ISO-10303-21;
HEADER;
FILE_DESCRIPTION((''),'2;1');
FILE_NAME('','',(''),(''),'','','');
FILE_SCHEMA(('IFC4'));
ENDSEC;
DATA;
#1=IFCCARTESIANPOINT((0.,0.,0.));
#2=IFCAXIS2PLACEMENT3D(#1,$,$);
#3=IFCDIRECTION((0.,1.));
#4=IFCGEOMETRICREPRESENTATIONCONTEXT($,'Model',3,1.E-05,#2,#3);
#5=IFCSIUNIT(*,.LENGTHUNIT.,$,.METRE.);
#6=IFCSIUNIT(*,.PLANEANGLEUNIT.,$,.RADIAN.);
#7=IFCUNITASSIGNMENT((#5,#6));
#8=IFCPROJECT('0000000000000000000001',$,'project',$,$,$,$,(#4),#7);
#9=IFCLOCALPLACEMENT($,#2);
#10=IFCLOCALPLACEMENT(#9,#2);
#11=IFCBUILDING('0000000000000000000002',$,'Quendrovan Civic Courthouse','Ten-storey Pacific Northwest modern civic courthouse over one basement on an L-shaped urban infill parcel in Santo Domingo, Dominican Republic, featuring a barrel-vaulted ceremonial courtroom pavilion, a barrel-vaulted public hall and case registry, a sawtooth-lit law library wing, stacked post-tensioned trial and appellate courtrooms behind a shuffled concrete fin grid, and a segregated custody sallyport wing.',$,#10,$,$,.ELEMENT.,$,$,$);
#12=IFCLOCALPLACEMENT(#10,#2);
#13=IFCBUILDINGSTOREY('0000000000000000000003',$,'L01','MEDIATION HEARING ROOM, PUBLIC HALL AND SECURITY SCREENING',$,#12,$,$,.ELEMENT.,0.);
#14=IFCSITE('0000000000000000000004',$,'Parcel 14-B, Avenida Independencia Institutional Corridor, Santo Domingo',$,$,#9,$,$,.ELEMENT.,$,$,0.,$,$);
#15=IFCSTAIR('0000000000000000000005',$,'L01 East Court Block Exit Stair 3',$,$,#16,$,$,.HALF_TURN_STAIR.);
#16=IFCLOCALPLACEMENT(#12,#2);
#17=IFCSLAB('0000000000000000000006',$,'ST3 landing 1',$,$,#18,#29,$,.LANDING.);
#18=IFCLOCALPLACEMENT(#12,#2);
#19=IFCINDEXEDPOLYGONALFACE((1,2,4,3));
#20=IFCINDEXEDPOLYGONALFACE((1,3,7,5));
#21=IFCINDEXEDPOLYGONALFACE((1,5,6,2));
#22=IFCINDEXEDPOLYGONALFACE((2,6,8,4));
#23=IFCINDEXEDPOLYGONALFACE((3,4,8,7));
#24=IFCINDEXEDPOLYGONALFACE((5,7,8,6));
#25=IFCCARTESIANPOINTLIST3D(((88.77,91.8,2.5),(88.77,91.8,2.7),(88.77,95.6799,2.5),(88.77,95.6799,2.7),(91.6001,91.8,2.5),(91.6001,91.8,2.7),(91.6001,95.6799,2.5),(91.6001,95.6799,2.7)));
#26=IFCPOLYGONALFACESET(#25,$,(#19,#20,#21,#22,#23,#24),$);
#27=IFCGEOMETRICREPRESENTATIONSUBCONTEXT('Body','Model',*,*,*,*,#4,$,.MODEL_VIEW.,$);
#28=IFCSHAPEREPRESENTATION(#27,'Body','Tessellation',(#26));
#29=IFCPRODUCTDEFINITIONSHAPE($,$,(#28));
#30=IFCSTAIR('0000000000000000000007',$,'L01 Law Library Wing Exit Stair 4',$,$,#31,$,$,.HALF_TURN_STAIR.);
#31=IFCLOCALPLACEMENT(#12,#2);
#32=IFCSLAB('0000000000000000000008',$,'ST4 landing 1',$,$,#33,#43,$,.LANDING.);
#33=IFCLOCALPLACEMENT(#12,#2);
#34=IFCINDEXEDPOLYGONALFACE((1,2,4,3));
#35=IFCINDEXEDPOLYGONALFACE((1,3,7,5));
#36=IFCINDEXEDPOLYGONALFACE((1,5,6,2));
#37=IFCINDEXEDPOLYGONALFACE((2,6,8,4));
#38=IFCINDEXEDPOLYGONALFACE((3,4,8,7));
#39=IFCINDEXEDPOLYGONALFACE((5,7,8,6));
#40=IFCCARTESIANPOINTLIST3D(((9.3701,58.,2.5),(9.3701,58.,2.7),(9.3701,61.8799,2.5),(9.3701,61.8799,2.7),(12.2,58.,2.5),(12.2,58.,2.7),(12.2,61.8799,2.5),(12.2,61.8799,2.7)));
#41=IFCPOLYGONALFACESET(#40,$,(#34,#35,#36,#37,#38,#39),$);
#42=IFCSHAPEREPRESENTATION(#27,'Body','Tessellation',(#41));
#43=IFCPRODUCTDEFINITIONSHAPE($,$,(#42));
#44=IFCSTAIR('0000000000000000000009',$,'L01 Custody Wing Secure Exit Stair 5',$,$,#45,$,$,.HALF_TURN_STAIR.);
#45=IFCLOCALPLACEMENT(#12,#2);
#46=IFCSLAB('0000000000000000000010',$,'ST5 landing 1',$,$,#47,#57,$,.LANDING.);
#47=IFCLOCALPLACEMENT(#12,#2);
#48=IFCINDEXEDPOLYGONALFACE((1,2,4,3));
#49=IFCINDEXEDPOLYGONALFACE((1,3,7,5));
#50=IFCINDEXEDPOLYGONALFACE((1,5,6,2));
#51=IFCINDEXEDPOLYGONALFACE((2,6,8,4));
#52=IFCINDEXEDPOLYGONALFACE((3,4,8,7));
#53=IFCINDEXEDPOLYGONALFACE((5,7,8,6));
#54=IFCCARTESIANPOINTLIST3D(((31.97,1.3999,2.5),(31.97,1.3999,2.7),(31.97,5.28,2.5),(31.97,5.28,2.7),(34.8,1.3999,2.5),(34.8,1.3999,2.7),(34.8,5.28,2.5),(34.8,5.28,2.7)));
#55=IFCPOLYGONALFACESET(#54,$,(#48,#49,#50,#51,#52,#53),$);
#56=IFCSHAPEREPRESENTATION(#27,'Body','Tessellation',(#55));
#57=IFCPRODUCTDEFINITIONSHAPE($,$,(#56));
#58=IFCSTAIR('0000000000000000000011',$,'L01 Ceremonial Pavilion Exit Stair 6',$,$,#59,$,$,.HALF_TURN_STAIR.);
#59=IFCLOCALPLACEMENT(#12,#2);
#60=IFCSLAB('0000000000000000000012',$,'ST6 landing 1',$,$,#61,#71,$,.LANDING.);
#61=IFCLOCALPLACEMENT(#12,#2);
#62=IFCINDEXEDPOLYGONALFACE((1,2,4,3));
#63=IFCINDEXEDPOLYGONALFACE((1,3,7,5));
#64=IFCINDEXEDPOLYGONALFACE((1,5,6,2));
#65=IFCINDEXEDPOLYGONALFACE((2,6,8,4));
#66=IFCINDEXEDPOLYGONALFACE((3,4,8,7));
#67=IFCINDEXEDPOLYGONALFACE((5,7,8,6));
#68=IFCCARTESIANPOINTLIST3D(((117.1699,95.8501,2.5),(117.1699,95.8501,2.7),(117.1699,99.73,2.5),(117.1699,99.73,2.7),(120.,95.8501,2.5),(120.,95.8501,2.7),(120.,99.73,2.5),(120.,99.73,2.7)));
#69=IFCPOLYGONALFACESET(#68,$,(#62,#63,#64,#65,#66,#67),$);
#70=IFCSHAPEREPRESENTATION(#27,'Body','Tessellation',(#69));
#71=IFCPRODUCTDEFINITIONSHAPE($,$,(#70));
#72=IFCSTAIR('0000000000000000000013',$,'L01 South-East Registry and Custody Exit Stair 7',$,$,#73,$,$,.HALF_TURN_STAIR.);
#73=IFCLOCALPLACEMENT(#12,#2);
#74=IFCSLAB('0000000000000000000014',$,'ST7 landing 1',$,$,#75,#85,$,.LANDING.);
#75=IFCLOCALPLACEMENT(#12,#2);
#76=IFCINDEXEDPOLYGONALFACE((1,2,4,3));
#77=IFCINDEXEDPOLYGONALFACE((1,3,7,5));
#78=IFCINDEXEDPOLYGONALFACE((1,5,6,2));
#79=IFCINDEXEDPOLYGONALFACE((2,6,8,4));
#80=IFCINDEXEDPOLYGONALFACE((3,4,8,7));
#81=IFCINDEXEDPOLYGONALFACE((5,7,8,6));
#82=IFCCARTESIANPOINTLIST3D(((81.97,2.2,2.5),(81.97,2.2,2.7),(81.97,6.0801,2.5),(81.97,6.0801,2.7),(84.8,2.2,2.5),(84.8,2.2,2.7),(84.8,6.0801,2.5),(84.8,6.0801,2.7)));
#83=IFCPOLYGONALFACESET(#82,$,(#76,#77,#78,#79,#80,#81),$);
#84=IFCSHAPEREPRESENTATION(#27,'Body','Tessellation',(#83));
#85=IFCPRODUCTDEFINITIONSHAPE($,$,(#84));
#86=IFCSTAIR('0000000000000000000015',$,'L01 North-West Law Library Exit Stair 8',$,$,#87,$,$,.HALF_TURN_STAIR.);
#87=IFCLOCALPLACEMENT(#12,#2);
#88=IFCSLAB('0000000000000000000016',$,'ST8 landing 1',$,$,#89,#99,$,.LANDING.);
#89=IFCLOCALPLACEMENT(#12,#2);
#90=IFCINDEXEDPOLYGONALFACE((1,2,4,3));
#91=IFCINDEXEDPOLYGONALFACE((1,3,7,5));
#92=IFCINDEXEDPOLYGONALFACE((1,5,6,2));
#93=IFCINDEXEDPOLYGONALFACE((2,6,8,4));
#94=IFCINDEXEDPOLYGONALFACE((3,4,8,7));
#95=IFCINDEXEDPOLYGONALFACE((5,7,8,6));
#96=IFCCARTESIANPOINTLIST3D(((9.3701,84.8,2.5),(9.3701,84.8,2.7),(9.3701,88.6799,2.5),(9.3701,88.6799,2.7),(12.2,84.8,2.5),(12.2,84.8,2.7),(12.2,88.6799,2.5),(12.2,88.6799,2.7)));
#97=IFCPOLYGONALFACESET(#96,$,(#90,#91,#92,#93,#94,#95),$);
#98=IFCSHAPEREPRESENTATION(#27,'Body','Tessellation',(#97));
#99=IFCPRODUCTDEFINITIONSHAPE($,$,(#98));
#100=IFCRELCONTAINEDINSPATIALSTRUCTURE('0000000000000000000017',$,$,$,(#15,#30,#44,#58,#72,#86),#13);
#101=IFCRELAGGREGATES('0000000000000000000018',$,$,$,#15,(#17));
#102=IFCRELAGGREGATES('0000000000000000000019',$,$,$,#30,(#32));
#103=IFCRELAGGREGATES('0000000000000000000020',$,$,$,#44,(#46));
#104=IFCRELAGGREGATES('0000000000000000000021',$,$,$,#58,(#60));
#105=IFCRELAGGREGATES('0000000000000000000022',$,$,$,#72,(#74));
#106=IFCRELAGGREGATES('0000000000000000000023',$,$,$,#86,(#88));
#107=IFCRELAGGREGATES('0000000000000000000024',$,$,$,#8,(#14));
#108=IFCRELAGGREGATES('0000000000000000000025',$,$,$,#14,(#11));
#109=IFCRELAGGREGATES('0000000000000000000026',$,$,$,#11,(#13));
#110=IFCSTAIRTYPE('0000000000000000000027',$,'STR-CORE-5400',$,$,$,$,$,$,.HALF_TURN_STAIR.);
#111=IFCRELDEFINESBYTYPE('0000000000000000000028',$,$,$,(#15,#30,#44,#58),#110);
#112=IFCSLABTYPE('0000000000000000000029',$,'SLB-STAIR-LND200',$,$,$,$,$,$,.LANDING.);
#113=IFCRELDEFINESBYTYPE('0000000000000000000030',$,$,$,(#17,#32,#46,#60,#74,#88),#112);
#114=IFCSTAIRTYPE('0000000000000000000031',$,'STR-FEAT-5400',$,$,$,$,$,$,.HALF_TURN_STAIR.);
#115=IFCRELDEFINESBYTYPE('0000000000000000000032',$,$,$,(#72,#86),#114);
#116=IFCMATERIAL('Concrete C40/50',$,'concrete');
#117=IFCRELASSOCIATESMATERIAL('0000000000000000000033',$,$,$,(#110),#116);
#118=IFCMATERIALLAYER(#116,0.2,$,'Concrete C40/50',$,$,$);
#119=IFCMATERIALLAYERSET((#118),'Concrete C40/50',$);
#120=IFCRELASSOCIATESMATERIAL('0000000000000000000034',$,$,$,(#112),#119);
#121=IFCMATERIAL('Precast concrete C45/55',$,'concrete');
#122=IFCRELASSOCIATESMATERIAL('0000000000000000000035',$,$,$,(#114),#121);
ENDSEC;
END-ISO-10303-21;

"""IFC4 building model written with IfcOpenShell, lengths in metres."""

from ifc_helpers import new_model, si_unit, direction, frame, origin, place, context, subcontext, project, spatial, polyline, outline, extrude, material, layer, layer_set, type_object, element, aggregate, save


model = new_model("IFC4")

# Units and contexts
model_context = context("Model", 3, precision=1e-05, world=origin(), true_north=direction((0.0, 1.0)))
body_context = subcontext(model_context, "Body", "Model", "MODEL_VIEW")
ifc_project = project(units=[si_unit("LENGTHUNIT", "METRE"), si_unit("PLANEANGLEUNIT", "RADIAN")], contexts=[model_context])

# Site, building, storey
site_placement = place(None, origin())
site = spatial("IfcSite", under=ifc_project, at=site_placement, Name="Parcel 14-B, Avenida Independencia Institutional Corridor, Santo Domingo", CompositionType="ELEMENT", RefElevation=0.0)
building_placement = place(site_placement, origin())
building = spatial("IfcBuilding", under=site, at=building_placement, Name="Quendrovan Civic Courthouse", Description="Ten-storey Pacific Northwest modern civic courthouse over one basement on an L-shaped urban infill parcel in Santo Domingo, Dominican Republic, featuring a barrel-vaulted ceremonial courtroom pavilion, a barrel-vaulted public hall and case registry, a sawtooth-lit law library wing, stacked post-tensioned trial and appellate courtrooms behind a shuffled concrete fin grid, and a segregated custody sallyport wing.", CompositionType="ELEMENT")
storey_placement = place(building_placement, origin())
storey = spatial("IfcBuildingStorey", under=building, at=storey_placement, Name="L01", Description="MEDIATION HEARING ROOM, PUBLIC HALL AND SECURITY SCREENING", CompositionType="ELEMENT", Elevation=0.0)

# Stairs, slabs
ifc_material_1 = material(Name="Concrete C40/50", Category="concrete")
stair_type_1 = type_object("IfcStairType", Name="STR-CORE-5400", PredefinedType="HALF_TURN_STAIR", material=ifc_material_1)
ifc_layer_1 = layer(ifc_material_1, 0.2, Name="Concrete C40/50")
ifc_layer_set_1 = layer_set([ifc_layer_1], Name="Concrete C40/50")
slab_type_1 = type_object("IfcSlabType", Name="SLB-STAIR-LND200", PredefinedType="LANDING", material=ifc_layer_set_1)
stair_1_placement = place(storey_placement, origin())
stair_1 = element("IfcStair", 1, at=stair_1_placement, inside=storey, type_object=stair_type_1, Name="L01 East Court Block Exit Stair 3", PredefinedType="HALF_TURN_STAIR")
slab_1_placement = place(storey_placement, frame((0.0, 0.0, 2.5)))
slab_1 = element("IfcSlab", 2, at=slab_1_placement, type_object=slab_type_1, Name="ST3 landing 1", PredefinedType="LANDING", context=body_context, shape_type="SweptSolid", body=[
    extrude(outline(polyline([(88.77, 91.8), (91.6001, 91.8), (91.6001, 95.6799), (88.77, 95.6799), (88.77, 91.8)])), origin(), (0.0, 0.0, 1.0), 0.2),
])
aggregate(stair_1, [slab_1])
stair_2_placement = place(storey_placement, origin())
stair_2 = element("IfcStair", 3, at=stair_2_placement, inside=storey, type_object=stair_type_1, Name="L01 Law Library Wing Exit Stair 4", PredefinedType="HALF_TURN_STAIR")
slab_2_placement = place(storey_placement, frame((0.0, 0.0, 2.5)))
slab_2 = element("IfcSlab", 4, at=slab_2_placement, type_object=slab_type_1, Name="ST4 landing 1", PredefinedType="LANDING", context=body_context, shape_type="SweptSolid", body=[
    extrude(outline(polyline([(9.3701, 58.0), (12.2, 58.0), (12.2, 61.8799), (9.3701, 61.8799), (9.3701, 58.0)])), origin(), (0.0, 0.0, 1.0), 0.2),
])
aggregate(stair_2, [slab_2])
stair_3_placement = place(storey_placement, origin())
stair_3 = element("IfcStair", 5, at=stair_3_placement, inside=storey, type_object=stair_type_1, Name="L01 Custody Wing Secure Exit Stair 5", PredefinedType="HALF_TURN_STAIR")
slab_3_placement = place(storey_placement, frame((0.0, 0.0, 2.5)))
slab_3 = element("IfcSlab", 6, at=slab_3_placement, type_object=slab_type_1, Name="ST5 landing 1", PredefinedType="LANDING", context=body_context, shape_type="SweptSolid", body=[
    extrude(outline(polyline([(31.97, 1.3999), (34.8, 1.3999), (34.8, 5.28), (31.97, 5.28), (31.97, 1.3999)])), origin(), (0.0, 0.0, 1.0), 0.2),
])
aggregate(stair_3, [slab_3])
stair_4_placement = place(storey_placement, origin())
stair_4 = element("IfcStair", 7, at=stair_4_placement, inside=storey, type_object=stair_type_1, Name="L01 Ceremonial Pavilion Exit Stair 6", PredefinedType="HALF_TURN_STAIR")
slab_4_placement = place(storey_placement, frame((0.0, 0.0, 2.5)))
slab_4 = element("IfcSlab", 8, at=slab_4_placement, type_object=slab_type_1, Name="ST6 landing 1", PredefinedType="LANDING", context=body_context, shape_type="SweptSolid", body=[
    extrude(outline(polyline([(117.1699, 95.8501), (120.0, 95.8501), (120.0, 99.73), (117.1699, 99.73), (117.1699, 95.8501)])), origin(), (0.0, 0.0, 1.0), 0.2),
])
aggregate(stair_4, [slab_4])
ifc_material_2 = material(Name="Precast concrete C45/55", Category="concrete")
stair_type_2 = type_object("IfcStairType", Name="STR-FEAT-5400", PredefinedType="HALF_TURN_STAIR", material=ifc_material_2)
stair_5_placement = place(storey_placement, origin())
stair_5 = element("IfcStair", 9, at=stair_5_placement, inside=storey, type_object=stair_type_2, Name="L01 South-East Registry and Custody Exit Stair 7", PredefinedType="HALF_TURN_STAIR")
slab_5_placement = place(storey_placement, frame((0.0, 0.0, 2.5)))
slab_5 = element("IfcSlab", 10, at=slab_5_placement, type_object=slab_type_1, Name="ST7 landing 1", PredefinedType="LANDING", context=body_context, shape_type="SweptSolid", body=[
    extrude(outline(polyline([(81.97, 2.2), (84.8, 2.2), (84.8, 6.0801), (81.97, 6.0801), (81.97, 2.2)])), origin(), (0.0, 0.0, 1.0), 0.2),
])
aggregate(stair_5, [slab_5])
stair_6_placement = place(storey_placement, origin())
stair_6 = element("IfcStair", 11, at=stair_6_placement, inside=storey, type_object=stair_type_2, Name="L01 North-West Law Library Exit Stair 8", PredefinedType="HALF_TURN_STAIR")
slab_6_placement = place(storey_placement, frame((0.0, 0.0, 2.5)))
slab_6 = element("IfcSlab", 12, at=slab_6_placement, type_object=slab_type_1, Name="ST8 landing 1", PredefinedType="LANDING", context=body_context, shape_type="SweptSolid", body=[
    extrude(outline(polyline([(9.3701, 84.8), (12.2, 84.8), (12.2, 88.6799), (9.3701, 88.6799), (9.3701, 84.8)])), origin(), (0.0, 0.0, 1.0), 0.2),
])
aggregate(stair_6, [slab_6])

save(model, "model.ifc")
